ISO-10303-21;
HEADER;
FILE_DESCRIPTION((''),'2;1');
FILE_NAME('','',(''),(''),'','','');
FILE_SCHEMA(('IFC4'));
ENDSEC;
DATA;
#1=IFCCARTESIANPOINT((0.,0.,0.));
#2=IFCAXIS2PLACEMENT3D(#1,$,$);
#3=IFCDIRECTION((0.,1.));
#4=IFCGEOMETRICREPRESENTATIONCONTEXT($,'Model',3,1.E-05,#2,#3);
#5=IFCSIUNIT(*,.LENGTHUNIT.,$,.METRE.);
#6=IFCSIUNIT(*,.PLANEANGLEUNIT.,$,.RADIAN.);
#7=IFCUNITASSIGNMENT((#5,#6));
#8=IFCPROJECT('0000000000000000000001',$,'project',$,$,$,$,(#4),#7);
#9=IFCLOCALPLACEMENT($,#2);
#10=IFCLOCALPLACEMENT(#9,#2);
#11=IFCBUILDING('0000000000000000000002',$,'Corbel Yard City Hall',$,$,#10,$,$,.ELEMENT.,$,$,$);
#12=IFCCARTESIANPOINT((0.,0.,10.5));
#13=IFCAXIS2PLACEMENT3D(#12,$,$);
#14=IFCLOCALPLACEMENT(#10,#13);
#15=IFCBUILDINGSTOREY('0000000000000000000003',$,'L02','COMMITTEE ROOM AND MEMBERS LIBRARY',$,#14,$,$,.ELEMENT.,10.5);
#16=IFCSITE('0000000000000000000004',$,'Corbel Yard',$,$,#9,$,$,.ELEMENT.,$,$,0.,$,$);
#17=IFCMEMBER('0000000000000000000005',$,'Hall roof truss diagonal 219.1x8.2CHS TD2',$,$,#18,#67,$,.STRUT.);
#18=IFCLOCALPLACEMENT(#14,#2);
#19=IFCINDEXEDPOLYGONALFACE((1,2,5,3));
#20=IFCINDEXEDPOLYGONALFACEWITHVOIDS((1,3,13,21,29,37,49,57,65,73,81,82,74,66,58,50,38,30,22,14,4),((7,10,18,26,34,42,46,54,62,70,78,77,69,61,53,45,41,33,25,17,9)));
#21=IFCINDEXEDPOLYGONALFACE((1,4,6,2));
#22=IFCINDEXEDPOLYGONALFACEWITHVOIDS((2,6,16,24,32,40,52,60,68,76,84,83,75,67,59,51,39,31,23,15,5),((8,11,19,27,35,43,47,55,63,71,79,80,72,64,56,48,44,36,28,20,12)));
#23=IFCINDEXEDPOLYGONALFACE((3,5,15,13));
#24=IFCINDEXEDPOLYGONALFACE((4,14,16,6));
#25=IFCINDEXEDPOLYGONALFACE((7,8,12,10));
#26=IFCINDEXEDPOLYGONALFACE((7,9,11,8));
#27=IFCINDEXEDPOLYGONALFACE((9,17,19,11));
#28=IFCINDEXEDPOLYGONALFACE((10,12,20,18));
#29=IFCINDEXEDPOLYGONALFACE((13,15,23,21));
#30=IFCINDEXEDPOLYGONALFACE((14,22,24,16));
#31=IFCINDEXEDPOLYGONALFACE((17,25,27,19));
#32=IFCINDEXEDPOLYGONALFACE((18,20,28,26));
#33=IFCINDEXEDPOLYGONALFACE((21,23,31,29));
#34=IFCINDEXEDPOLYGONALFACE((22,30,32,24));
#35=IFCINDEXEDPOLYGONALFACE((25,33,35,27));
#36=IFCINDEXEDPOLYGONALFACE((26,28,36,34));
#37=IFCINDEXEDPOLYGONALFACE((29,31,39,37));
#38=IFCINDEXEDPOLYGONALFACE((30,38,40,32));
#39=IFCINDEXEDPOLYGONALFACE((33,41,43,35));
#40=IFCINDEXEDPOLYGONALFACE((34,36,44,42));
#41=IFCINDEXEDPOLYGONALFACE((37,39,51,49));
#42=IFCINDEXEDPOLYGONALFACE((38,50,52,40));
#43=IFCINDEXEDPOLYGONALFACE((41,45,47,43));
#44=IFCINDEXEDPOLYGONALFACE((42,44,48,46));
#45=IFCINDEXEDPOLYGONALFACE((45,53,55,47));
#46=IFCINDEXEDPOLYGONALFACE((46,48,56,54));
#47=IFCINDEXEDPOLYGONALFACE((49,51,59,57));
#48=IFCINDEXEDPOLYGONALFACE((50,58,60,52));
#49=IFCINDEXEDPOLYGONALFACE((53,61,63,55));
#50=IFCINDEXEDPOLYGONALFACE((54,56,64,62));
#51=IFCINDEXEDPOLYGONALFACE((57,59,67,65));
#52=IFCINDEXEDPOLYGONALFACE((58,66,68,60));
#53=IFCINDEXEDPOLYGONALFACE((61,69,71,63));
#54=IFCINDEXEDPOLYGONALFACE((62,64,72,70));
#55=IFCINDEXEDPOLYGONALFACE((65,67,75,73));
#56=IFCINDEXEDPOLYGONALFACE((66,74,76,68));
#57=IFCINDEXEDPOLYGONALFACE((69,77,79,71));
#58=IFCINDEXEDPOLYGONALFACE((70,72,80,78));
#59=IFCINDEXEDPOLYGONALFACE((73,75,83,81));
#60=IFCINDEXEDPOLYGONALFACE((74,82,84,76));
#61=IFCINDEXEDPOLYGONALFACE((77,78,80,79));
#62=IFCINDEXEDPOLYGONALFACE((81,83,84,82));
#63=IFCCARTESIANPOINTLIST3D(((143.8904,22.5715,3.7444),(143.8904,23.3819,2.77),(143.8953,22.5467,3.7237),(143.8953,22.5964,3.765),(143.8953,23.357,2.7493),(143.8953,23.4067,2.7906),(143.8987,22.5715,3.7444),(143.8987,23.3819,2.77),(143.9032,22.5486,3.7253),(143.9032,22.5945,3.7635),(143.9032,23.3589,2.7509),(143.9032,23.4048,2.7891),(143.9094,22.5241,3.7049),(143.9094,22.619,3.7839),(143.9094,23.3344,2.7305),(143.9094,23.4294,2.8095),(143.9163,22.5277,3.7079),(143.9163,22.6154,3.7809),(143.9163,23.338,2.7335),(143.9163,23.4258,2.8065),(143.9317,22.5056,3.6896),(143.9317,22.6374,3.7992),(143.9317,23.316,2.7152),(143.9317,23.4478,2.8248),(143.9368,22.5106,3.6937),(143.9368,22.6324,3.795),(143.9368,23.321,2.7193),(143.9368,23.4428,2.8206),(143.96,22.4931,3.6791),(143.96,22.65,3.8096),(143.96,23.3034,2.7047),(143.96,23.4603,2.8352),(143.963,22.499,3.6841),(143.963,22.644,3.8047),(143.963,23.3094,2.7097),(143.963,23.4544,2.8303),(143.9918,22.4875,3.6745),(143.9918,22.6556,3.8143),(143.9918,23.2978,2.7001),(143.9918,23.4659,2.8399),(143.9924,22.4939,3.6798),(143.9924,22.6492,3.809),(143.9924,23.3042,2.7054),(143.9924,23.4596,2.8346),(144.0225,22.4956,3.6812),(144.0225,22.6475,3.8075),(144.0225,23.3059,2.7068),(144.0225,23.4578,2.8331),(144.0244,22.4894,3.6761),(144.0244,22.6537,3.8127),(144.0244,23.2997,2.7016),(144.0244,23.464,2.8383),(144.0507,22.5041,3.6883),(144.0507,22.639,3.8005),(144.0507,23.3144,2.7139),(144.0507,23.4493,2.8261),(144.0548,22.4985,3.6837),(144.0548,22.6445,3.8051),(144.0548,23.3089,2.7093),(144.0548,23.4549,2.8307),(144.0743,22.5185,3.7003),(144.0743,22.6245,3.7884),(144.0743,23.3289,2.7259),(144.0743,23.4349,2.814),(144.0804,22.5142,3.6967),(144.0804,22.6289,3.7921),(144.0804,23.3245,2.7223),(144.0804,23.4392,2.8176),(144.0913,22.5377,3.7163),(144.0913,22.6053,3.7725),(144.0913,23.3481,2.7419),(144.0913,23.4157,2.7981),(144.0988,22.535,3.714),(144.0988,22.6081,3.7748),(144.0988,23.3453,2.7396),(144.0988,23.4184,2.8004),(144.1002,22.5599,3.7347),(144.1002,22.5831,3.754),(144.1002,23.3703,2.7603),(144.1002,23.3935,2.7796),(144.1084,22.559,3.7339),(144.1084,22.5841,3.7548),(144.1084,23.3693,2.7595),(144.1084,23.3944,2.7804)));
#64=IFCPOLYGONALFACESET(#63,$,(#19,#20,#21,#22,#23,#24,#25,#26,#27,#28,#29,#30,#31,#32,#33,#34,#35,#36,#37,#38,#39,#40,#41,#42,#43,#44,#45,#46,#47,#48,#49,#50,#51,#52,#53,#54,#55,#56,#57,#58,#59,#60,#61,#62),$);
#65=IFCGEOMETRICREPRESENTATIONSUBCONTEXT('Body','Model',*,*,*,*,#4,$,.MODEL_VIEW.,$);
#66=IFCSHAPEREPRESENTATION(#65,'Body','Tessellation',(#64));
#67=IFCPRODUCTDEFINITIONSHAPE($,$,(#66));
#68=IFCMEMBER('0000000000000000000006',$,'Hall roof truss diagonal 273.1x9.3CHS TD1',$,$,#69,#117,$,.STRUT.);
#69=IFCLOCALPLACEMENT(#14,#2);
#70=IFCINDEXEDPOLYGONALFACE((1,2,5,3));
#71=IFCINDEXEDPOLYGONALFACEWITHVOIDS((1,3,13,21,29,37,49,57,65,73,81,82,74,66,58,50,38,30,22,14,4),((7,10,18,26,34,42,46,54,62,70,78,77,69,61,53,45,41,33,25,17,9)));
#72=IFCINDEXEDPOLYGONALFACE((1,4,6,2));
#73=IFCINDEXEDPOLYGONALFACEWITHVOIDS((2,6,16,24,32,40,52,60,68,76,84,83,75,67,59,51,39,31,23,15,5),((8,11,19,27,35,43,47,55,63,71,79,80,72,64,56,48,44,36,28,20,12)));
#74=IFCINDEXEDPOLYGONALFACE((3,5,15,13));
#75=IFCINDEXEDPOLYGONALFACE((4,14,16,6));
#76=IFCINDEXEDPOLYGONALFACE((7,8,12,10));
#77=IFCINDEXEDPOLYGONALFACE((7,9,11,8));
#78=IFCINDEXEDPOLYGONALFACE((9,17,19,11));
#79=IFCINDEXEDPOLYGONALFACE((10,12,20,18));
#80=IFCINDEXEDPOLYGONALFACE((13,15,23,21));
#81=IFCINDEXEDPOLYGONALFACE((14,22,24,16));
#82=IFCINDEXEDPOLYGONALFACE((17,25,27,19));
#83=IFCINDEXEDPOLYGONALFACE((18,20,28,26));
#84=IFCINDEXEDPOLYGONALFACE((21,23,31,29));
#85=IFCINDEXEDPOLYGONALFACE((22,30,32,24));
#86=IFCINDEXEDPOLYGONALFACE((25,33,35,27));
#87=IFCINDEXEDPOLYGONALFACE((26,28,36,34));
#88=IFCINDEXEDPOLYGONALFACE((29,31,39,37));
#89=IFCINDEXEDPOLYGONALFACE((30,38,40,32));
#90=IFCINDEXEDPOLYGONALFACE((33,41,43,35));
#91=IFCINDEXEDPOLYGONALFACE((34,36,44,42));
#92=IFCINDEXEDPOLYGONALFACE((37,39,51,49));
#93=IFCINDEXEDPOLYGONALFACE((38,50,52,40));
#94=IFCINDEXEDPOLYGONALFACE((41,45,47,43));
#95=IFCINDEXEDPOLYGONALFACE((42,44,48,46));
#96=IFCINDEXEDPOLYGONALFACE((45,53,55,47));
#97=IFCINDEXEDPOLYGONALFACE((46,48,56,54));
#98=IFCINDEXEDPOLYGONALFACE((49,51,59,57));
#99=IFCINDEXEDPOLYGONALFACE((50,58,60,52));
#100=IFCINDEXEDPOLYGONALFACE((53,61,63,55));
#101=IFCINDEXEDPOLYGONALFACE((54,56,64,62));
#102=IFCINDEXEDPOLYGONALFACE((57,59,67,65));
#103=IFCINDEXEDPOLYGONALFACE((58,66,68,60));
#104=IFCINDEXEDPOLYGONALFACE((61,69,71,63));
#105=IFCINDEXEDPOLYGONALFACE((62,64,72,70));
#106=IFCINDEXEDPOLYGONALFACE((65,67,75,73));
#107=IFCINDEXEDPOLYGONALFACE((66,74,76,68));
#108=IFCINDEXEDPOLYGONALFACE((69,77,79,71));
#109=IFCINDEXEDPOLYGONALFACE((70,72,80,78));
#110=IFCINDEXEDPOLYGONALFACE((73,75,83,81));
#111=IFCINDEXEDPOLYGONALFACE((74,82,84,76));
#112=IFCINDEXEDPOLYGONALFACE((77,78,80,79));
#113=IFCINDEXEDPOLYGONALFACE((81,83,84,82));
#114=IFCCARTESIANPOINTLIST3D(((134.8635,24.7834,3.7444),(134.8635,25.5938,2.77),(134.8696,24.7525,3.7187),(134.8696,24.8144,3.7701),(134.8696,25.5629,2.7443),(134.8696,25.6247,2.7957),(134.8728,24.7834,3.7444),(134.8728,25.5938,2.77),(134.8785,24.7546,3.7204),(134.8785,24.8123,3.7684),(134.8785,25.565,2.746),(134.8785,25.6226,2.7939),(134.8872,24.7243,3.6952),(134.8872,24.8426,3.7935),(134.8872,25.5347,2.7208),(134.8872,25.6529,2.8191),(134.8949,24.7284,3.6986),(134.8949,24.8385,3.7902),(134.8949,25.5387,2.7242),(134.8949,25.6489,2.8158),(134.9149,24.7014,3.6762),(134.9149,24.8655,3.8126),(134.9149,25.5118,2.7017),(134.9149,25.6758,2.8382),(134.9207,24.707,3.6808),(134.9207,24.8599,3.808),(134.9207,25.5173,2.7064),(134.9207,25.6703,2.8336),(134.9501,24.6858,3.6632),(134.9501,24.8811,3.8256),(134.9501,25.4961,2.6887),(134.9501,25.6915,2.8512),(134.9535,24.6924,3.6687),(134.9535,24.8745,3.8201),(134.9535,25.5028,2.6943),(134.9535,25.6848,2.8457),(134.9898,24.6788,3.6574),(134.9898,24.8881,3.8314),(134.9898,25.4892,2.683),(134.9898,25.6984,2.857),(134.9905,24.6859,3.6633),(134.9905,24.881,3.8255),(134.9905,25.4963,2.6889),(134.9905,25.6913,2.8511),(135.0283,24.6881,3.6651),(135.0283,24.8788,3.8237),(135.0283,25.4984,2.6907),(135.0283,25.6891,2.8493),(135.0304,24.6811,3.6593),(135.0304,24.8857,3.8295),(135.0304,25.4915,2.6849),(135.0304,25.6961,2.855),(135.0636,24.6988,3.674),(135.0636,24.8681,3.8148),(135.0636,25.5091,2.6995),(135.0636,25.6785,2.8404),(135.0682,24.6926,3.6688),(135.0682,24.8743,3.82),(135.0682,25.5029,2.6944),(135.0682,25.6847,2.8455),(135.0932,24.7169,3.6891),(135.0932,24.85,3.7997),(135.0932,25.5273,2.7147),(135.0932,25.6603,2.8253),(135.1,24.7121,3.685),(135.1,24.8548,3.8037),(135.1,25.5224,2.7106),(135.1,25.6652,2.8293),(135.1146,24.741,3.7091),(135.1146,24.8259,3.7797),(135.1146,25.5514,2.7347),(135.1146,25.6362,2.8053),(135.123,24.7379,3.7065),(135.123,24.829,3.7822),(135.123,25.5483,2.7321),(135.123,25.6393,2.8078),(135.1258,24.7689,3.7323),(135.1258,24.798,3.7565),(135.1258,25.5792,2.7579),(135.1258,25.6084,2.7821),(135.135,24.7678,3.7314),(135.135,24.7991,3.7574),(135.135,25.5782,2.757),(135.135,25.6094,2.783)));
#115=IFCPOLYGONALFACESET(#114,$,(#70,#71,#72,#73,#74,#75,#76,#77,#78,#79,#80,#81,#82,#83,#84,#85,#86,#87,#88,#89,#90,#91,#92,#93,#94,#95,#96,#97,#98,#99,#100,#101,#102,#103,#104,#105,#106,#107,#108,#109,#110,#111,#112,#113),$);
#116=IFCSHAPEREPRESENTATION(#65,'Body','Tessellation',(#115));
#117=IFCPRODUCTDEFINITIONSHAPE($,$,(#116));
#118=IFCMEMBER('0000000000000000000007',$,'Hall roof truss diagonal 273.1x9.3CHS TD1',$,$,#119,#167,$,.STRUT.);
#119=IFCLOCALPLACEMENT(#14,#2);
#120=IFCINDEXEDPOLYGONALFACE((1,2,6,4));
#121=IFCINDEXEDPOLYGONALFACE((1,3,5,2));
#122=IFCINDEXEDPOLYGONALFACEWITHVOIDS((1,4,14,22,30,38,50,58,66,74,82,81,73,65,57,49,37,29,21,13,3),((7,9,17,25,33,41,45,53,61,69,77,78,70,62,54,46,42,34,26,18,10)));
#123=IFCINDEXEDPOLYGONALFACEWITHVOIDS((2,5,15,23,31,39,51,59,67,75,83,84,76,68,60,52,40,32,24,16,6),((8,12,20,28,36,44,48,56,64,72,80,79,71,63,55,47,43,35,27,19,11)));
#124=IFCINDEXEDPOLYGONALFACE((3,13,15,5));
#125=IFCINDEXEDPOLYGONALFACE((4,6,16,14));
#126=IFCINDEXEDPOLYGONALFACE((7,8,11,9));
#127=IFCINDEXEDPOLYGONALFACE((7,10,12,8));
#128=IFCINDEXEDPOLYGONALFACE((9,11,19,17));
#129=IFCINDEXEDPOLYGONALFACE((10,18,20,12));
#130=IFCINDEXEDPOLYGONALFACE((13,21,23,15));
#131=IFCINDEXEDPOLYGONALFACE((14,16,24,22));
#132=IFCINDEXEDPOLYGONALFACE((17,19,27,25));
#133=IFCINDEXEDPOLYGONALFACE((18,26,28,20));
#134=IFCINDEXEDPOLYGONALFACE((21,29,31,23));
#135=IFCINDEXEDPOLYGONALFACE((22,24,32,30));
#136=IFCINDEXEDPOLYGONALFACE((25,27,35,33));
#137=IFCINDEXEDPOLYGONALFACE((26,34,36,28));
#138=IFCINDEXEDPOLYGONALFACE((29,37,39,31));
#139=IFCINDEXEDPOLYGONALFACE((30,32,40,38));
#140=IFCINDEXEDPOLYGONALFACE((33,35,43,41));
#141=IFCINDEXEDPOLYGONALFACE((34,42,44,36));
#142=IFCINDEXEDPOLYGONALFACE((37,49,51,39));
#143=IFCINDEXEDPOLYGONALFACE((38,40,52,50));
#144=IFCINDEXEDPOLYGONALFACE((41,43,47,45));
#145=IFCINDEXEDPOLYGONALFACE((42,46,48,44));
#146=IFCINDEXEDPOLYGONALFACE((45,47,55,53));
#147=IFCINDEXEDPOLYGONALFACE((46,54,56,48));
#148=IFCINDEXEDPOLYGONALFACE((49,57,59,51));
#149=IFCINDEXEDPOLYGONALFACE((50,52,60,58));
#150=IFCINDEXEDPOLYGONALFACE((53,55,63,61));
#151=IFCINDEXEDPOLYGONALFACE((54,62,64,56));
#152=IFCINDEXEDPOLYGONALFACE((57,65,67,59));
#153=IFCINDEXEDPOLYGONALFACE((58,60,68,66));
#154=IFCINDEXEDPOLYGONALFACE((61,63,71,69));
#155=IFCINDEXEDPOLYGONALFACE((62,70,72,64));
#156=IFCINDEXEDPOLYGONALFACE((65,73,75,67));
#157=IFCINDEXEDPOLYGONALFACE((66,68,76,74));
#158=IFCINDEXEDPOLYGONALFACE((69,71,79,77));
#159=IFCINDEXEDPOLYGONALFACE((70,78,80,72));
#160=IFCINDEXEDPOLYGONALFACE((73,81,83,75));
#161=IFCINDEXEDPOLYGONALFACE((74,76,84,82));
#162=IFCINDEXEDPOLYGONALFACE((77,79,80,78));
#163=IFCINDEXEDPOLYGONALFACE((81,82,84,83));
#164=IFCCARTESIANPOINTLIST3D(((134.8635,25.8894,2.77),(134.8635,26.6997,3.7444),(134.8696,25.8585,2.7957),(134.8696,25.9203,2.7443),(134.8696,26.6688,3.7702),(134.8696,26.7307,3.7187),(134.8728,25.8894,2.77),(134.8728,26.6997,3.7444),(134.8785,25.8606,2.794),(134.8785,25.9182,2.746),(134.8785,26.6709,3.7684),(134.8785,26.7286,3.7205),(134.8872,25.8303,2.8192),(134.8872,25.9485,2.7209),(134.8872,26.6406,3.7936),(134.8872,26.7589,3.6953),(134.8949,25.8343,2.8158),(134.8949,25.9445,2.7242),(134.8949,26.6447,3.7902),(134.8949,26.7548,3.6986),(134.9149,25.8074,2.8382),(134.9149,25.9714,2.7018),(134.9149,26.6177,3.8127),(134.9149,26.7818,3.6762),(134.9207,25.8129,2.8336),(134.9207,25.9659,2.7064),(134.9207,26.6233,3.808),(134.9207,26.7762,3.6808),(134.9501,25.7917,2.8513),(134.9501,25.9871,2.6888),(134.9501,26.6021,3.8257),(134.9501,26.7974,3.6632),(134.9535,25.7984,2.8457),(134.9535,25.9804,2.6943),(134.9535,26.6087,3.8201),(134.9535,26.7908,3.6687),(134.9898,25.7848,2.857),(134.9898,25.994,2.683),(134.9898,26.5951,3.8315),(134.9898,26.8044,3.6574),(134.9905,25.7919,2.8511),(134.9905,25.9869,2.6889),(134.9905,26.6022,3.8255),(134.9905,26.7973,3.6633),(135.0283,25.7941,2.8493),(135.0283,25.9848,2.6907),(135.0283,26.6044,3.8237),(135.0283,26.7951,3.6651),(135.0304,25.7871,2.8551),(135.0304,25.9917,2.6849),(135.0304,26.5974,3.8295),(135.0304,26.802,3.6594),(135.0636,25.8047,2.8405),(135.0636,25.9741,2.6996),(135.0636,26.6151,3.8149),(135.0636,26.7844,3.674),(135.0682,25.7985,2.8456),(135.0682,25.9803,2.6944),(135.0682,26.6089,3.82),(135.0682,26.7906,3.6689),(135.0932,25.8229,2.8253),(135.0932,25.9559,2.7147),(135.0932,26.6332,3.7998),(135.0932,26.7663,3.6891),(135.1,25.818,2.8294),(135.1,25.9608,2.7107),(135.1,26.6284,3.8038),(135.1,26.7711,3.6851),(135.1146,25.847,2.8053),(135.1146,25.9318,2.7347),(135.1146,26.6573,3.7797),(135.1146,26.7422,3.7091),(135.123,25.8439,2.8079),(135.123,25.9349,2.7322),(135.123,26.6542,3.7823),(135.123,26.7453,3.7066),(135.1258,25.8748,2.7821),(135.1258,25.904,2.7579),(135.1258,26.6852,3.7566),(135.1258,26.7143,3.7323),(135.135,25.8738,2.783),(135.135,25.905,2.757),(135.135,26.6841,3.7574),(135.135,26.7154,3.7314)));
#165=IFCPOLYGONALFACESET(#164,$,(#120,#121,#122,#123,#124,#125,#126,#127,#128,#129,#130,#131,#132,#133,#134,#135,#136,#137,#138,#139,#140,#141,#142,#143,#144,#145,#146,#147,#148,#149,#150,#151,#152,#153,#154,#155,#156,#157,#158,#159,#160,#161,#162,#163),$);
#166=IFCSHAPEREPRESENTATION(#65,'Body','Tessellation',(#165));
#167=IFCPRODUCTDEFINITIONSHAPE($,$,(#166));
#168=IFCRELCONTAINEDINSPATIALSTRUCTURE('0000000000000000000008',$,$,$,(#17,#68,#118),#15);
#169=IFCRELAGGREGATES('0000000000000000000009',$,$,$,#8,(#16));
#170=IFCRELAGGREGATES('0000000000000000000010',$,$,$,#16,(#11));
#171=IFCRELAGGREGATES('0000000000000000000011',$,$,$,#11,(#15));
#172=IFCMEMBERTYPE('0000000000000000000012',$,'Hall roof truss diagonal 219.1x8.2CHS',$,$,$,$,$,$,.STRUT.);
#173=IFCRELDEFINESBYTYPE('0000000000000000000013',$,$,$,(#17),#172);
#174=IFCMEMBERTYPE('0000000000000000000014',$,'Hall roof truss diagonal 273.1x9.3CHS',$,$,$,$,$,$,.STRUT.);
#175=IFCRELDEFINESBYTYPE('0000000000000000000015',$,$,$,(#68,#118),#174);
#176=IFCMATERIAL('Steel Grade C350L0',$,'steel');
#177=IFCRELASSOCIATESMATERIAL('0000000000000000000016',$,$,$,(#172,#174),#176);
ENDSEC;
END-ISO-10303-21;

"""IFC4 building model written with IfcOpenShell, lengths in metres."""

from ifc_helpers import new_model, si_unit, direction, frame, origin, origin_2d, place, context, subcontext, project, spatial, hollow_circle, extrude, material, material_profile, profile_set, type_object, element, save


model = new_model("IFC4")

# Units and contexts
model_context = context("Model", 3, precision=1e-05, world=origin(), true_north=direction((0.0, 1.0)))
body_context = subcontext(model_context, "Body", "Model", "MODEL_VIEW")
ifc_project = project(units=[si_unit("LENGTHUNIT", "METRE"), si_unit("PLANEANGLEUNIT", "RADIAN")], contexts=[model_context])

# Site, building, storey
site_placement = place(None, origin())
site = spatial("IfcSite", under=ifc_project, at=site_placement, Name="Corbel Yard", CompositionType="ELEMENT", RefElevation=0.0)
building_placement = place(site_placement, origin())
building = spatial("IfcBuilding", under=site, at=building_placement, Name="Corbel Yard City Hall", CompositionType="ELEMENT")
storey_placement = place(building_placement, frame((0.0, 0.0, 10.5)))
storey = spatial("IfcBuildingStorey", under=building, at=storey_placement, Name="L02", Description="COMMITTEE ROOM AND MEMBERS LIBRARY", CompositionType="ELEMENT", Elevation=10.5)

# Members
ifc_material_1 = material(Name="Steel Grade C350L0", Category="steel")
ifc_material_profile_1 = material_profile(ifc_material_1, hollow_circle(Radius=0.1096, WallThickness=0.0083, at=origin_2d()), Name="219.1x8.2CHS")
ifc_profile_set_1 = profile_set([ifc_material_profile_1], Name="Steel Grade C350L0")
member_type_1 = type_object("IfcMemberType", Name="Hall roof truss diagonal 219.1x8.2CHS", PredefinedType="STRUT", material=ifc_profile_set_1)
for number, where, z_axis, x_axis, name in (
    (1, (144.0, 22.5715, 3.7444), (0.0, 0.639407, -0.768868), (-1.0, 0.0, 0.0), "Hall roof truss diagonal 219.1x8.2CHS TD2"),
):
    element("IfcMember", number, at=place(storey_placement, frame(where, z_axis=z_axis, x_axis=x_axis)), inside=storey, type_object=member_type_1, Name=name, PredefinedType="STRUT", context=body_context, shape_type="SweptSolid", body=[
        extrude(hollow_circle(Radius=0.1096, WallThickness=0.0083, at=origin_2d()), origin(), (0.0, 0.0, 1.0), 1.2673),
    ])
ifc_material_profile_2 = material_profile(ifc_material_1, hollow_circle(Radius=0.1365, WallThickness=0.0093, at=origin_2d()), Name="273.1x9.3CHS")
ifc_profile_set_2 = profile_set([ifc_material_profile_2], Name="Steel Grade C350L0")
member_type_2 = type_object("IfcMemberType", Name="Hall roof truss diagonal 273.1x9.3CHS", PredefinedType="STRUT", material=ifc_profile_set_2)
for number, where, z_axis, x_axis, name in (
    (2, (135.0, 24.7834, 3.7444), (0.0, 0.639407, -0.768868), (-1.0, 0.0, 0.0), "Hall roof truss diagonal 273.1x9.3CHS TD1"),
    (3, (135.0, 25.8894, 2.77), (0.0, 0.639407, 0.768868), (-1.0, 0.0, 0.0), "Hall roof truss diagonal 273.1x9.3CHS TD1"),
):
    element("IfcMember", number, at=place(storey_placement, frame(where, z_axis=z_axis, x_axis=x_axis)), inside=storey, type_object=member_type_2, Name=name, PredefinedType="STRUT", context=body_context, shape_type="SweptSolid", body=[
        extrude(hollow_circle(Radius=0.1365, WallThickness=0.0093, at=origin_2d()), origin(), (0.0, 0.0, 1.0), 1.2673),
    ])

save(model, "model.ifc")
